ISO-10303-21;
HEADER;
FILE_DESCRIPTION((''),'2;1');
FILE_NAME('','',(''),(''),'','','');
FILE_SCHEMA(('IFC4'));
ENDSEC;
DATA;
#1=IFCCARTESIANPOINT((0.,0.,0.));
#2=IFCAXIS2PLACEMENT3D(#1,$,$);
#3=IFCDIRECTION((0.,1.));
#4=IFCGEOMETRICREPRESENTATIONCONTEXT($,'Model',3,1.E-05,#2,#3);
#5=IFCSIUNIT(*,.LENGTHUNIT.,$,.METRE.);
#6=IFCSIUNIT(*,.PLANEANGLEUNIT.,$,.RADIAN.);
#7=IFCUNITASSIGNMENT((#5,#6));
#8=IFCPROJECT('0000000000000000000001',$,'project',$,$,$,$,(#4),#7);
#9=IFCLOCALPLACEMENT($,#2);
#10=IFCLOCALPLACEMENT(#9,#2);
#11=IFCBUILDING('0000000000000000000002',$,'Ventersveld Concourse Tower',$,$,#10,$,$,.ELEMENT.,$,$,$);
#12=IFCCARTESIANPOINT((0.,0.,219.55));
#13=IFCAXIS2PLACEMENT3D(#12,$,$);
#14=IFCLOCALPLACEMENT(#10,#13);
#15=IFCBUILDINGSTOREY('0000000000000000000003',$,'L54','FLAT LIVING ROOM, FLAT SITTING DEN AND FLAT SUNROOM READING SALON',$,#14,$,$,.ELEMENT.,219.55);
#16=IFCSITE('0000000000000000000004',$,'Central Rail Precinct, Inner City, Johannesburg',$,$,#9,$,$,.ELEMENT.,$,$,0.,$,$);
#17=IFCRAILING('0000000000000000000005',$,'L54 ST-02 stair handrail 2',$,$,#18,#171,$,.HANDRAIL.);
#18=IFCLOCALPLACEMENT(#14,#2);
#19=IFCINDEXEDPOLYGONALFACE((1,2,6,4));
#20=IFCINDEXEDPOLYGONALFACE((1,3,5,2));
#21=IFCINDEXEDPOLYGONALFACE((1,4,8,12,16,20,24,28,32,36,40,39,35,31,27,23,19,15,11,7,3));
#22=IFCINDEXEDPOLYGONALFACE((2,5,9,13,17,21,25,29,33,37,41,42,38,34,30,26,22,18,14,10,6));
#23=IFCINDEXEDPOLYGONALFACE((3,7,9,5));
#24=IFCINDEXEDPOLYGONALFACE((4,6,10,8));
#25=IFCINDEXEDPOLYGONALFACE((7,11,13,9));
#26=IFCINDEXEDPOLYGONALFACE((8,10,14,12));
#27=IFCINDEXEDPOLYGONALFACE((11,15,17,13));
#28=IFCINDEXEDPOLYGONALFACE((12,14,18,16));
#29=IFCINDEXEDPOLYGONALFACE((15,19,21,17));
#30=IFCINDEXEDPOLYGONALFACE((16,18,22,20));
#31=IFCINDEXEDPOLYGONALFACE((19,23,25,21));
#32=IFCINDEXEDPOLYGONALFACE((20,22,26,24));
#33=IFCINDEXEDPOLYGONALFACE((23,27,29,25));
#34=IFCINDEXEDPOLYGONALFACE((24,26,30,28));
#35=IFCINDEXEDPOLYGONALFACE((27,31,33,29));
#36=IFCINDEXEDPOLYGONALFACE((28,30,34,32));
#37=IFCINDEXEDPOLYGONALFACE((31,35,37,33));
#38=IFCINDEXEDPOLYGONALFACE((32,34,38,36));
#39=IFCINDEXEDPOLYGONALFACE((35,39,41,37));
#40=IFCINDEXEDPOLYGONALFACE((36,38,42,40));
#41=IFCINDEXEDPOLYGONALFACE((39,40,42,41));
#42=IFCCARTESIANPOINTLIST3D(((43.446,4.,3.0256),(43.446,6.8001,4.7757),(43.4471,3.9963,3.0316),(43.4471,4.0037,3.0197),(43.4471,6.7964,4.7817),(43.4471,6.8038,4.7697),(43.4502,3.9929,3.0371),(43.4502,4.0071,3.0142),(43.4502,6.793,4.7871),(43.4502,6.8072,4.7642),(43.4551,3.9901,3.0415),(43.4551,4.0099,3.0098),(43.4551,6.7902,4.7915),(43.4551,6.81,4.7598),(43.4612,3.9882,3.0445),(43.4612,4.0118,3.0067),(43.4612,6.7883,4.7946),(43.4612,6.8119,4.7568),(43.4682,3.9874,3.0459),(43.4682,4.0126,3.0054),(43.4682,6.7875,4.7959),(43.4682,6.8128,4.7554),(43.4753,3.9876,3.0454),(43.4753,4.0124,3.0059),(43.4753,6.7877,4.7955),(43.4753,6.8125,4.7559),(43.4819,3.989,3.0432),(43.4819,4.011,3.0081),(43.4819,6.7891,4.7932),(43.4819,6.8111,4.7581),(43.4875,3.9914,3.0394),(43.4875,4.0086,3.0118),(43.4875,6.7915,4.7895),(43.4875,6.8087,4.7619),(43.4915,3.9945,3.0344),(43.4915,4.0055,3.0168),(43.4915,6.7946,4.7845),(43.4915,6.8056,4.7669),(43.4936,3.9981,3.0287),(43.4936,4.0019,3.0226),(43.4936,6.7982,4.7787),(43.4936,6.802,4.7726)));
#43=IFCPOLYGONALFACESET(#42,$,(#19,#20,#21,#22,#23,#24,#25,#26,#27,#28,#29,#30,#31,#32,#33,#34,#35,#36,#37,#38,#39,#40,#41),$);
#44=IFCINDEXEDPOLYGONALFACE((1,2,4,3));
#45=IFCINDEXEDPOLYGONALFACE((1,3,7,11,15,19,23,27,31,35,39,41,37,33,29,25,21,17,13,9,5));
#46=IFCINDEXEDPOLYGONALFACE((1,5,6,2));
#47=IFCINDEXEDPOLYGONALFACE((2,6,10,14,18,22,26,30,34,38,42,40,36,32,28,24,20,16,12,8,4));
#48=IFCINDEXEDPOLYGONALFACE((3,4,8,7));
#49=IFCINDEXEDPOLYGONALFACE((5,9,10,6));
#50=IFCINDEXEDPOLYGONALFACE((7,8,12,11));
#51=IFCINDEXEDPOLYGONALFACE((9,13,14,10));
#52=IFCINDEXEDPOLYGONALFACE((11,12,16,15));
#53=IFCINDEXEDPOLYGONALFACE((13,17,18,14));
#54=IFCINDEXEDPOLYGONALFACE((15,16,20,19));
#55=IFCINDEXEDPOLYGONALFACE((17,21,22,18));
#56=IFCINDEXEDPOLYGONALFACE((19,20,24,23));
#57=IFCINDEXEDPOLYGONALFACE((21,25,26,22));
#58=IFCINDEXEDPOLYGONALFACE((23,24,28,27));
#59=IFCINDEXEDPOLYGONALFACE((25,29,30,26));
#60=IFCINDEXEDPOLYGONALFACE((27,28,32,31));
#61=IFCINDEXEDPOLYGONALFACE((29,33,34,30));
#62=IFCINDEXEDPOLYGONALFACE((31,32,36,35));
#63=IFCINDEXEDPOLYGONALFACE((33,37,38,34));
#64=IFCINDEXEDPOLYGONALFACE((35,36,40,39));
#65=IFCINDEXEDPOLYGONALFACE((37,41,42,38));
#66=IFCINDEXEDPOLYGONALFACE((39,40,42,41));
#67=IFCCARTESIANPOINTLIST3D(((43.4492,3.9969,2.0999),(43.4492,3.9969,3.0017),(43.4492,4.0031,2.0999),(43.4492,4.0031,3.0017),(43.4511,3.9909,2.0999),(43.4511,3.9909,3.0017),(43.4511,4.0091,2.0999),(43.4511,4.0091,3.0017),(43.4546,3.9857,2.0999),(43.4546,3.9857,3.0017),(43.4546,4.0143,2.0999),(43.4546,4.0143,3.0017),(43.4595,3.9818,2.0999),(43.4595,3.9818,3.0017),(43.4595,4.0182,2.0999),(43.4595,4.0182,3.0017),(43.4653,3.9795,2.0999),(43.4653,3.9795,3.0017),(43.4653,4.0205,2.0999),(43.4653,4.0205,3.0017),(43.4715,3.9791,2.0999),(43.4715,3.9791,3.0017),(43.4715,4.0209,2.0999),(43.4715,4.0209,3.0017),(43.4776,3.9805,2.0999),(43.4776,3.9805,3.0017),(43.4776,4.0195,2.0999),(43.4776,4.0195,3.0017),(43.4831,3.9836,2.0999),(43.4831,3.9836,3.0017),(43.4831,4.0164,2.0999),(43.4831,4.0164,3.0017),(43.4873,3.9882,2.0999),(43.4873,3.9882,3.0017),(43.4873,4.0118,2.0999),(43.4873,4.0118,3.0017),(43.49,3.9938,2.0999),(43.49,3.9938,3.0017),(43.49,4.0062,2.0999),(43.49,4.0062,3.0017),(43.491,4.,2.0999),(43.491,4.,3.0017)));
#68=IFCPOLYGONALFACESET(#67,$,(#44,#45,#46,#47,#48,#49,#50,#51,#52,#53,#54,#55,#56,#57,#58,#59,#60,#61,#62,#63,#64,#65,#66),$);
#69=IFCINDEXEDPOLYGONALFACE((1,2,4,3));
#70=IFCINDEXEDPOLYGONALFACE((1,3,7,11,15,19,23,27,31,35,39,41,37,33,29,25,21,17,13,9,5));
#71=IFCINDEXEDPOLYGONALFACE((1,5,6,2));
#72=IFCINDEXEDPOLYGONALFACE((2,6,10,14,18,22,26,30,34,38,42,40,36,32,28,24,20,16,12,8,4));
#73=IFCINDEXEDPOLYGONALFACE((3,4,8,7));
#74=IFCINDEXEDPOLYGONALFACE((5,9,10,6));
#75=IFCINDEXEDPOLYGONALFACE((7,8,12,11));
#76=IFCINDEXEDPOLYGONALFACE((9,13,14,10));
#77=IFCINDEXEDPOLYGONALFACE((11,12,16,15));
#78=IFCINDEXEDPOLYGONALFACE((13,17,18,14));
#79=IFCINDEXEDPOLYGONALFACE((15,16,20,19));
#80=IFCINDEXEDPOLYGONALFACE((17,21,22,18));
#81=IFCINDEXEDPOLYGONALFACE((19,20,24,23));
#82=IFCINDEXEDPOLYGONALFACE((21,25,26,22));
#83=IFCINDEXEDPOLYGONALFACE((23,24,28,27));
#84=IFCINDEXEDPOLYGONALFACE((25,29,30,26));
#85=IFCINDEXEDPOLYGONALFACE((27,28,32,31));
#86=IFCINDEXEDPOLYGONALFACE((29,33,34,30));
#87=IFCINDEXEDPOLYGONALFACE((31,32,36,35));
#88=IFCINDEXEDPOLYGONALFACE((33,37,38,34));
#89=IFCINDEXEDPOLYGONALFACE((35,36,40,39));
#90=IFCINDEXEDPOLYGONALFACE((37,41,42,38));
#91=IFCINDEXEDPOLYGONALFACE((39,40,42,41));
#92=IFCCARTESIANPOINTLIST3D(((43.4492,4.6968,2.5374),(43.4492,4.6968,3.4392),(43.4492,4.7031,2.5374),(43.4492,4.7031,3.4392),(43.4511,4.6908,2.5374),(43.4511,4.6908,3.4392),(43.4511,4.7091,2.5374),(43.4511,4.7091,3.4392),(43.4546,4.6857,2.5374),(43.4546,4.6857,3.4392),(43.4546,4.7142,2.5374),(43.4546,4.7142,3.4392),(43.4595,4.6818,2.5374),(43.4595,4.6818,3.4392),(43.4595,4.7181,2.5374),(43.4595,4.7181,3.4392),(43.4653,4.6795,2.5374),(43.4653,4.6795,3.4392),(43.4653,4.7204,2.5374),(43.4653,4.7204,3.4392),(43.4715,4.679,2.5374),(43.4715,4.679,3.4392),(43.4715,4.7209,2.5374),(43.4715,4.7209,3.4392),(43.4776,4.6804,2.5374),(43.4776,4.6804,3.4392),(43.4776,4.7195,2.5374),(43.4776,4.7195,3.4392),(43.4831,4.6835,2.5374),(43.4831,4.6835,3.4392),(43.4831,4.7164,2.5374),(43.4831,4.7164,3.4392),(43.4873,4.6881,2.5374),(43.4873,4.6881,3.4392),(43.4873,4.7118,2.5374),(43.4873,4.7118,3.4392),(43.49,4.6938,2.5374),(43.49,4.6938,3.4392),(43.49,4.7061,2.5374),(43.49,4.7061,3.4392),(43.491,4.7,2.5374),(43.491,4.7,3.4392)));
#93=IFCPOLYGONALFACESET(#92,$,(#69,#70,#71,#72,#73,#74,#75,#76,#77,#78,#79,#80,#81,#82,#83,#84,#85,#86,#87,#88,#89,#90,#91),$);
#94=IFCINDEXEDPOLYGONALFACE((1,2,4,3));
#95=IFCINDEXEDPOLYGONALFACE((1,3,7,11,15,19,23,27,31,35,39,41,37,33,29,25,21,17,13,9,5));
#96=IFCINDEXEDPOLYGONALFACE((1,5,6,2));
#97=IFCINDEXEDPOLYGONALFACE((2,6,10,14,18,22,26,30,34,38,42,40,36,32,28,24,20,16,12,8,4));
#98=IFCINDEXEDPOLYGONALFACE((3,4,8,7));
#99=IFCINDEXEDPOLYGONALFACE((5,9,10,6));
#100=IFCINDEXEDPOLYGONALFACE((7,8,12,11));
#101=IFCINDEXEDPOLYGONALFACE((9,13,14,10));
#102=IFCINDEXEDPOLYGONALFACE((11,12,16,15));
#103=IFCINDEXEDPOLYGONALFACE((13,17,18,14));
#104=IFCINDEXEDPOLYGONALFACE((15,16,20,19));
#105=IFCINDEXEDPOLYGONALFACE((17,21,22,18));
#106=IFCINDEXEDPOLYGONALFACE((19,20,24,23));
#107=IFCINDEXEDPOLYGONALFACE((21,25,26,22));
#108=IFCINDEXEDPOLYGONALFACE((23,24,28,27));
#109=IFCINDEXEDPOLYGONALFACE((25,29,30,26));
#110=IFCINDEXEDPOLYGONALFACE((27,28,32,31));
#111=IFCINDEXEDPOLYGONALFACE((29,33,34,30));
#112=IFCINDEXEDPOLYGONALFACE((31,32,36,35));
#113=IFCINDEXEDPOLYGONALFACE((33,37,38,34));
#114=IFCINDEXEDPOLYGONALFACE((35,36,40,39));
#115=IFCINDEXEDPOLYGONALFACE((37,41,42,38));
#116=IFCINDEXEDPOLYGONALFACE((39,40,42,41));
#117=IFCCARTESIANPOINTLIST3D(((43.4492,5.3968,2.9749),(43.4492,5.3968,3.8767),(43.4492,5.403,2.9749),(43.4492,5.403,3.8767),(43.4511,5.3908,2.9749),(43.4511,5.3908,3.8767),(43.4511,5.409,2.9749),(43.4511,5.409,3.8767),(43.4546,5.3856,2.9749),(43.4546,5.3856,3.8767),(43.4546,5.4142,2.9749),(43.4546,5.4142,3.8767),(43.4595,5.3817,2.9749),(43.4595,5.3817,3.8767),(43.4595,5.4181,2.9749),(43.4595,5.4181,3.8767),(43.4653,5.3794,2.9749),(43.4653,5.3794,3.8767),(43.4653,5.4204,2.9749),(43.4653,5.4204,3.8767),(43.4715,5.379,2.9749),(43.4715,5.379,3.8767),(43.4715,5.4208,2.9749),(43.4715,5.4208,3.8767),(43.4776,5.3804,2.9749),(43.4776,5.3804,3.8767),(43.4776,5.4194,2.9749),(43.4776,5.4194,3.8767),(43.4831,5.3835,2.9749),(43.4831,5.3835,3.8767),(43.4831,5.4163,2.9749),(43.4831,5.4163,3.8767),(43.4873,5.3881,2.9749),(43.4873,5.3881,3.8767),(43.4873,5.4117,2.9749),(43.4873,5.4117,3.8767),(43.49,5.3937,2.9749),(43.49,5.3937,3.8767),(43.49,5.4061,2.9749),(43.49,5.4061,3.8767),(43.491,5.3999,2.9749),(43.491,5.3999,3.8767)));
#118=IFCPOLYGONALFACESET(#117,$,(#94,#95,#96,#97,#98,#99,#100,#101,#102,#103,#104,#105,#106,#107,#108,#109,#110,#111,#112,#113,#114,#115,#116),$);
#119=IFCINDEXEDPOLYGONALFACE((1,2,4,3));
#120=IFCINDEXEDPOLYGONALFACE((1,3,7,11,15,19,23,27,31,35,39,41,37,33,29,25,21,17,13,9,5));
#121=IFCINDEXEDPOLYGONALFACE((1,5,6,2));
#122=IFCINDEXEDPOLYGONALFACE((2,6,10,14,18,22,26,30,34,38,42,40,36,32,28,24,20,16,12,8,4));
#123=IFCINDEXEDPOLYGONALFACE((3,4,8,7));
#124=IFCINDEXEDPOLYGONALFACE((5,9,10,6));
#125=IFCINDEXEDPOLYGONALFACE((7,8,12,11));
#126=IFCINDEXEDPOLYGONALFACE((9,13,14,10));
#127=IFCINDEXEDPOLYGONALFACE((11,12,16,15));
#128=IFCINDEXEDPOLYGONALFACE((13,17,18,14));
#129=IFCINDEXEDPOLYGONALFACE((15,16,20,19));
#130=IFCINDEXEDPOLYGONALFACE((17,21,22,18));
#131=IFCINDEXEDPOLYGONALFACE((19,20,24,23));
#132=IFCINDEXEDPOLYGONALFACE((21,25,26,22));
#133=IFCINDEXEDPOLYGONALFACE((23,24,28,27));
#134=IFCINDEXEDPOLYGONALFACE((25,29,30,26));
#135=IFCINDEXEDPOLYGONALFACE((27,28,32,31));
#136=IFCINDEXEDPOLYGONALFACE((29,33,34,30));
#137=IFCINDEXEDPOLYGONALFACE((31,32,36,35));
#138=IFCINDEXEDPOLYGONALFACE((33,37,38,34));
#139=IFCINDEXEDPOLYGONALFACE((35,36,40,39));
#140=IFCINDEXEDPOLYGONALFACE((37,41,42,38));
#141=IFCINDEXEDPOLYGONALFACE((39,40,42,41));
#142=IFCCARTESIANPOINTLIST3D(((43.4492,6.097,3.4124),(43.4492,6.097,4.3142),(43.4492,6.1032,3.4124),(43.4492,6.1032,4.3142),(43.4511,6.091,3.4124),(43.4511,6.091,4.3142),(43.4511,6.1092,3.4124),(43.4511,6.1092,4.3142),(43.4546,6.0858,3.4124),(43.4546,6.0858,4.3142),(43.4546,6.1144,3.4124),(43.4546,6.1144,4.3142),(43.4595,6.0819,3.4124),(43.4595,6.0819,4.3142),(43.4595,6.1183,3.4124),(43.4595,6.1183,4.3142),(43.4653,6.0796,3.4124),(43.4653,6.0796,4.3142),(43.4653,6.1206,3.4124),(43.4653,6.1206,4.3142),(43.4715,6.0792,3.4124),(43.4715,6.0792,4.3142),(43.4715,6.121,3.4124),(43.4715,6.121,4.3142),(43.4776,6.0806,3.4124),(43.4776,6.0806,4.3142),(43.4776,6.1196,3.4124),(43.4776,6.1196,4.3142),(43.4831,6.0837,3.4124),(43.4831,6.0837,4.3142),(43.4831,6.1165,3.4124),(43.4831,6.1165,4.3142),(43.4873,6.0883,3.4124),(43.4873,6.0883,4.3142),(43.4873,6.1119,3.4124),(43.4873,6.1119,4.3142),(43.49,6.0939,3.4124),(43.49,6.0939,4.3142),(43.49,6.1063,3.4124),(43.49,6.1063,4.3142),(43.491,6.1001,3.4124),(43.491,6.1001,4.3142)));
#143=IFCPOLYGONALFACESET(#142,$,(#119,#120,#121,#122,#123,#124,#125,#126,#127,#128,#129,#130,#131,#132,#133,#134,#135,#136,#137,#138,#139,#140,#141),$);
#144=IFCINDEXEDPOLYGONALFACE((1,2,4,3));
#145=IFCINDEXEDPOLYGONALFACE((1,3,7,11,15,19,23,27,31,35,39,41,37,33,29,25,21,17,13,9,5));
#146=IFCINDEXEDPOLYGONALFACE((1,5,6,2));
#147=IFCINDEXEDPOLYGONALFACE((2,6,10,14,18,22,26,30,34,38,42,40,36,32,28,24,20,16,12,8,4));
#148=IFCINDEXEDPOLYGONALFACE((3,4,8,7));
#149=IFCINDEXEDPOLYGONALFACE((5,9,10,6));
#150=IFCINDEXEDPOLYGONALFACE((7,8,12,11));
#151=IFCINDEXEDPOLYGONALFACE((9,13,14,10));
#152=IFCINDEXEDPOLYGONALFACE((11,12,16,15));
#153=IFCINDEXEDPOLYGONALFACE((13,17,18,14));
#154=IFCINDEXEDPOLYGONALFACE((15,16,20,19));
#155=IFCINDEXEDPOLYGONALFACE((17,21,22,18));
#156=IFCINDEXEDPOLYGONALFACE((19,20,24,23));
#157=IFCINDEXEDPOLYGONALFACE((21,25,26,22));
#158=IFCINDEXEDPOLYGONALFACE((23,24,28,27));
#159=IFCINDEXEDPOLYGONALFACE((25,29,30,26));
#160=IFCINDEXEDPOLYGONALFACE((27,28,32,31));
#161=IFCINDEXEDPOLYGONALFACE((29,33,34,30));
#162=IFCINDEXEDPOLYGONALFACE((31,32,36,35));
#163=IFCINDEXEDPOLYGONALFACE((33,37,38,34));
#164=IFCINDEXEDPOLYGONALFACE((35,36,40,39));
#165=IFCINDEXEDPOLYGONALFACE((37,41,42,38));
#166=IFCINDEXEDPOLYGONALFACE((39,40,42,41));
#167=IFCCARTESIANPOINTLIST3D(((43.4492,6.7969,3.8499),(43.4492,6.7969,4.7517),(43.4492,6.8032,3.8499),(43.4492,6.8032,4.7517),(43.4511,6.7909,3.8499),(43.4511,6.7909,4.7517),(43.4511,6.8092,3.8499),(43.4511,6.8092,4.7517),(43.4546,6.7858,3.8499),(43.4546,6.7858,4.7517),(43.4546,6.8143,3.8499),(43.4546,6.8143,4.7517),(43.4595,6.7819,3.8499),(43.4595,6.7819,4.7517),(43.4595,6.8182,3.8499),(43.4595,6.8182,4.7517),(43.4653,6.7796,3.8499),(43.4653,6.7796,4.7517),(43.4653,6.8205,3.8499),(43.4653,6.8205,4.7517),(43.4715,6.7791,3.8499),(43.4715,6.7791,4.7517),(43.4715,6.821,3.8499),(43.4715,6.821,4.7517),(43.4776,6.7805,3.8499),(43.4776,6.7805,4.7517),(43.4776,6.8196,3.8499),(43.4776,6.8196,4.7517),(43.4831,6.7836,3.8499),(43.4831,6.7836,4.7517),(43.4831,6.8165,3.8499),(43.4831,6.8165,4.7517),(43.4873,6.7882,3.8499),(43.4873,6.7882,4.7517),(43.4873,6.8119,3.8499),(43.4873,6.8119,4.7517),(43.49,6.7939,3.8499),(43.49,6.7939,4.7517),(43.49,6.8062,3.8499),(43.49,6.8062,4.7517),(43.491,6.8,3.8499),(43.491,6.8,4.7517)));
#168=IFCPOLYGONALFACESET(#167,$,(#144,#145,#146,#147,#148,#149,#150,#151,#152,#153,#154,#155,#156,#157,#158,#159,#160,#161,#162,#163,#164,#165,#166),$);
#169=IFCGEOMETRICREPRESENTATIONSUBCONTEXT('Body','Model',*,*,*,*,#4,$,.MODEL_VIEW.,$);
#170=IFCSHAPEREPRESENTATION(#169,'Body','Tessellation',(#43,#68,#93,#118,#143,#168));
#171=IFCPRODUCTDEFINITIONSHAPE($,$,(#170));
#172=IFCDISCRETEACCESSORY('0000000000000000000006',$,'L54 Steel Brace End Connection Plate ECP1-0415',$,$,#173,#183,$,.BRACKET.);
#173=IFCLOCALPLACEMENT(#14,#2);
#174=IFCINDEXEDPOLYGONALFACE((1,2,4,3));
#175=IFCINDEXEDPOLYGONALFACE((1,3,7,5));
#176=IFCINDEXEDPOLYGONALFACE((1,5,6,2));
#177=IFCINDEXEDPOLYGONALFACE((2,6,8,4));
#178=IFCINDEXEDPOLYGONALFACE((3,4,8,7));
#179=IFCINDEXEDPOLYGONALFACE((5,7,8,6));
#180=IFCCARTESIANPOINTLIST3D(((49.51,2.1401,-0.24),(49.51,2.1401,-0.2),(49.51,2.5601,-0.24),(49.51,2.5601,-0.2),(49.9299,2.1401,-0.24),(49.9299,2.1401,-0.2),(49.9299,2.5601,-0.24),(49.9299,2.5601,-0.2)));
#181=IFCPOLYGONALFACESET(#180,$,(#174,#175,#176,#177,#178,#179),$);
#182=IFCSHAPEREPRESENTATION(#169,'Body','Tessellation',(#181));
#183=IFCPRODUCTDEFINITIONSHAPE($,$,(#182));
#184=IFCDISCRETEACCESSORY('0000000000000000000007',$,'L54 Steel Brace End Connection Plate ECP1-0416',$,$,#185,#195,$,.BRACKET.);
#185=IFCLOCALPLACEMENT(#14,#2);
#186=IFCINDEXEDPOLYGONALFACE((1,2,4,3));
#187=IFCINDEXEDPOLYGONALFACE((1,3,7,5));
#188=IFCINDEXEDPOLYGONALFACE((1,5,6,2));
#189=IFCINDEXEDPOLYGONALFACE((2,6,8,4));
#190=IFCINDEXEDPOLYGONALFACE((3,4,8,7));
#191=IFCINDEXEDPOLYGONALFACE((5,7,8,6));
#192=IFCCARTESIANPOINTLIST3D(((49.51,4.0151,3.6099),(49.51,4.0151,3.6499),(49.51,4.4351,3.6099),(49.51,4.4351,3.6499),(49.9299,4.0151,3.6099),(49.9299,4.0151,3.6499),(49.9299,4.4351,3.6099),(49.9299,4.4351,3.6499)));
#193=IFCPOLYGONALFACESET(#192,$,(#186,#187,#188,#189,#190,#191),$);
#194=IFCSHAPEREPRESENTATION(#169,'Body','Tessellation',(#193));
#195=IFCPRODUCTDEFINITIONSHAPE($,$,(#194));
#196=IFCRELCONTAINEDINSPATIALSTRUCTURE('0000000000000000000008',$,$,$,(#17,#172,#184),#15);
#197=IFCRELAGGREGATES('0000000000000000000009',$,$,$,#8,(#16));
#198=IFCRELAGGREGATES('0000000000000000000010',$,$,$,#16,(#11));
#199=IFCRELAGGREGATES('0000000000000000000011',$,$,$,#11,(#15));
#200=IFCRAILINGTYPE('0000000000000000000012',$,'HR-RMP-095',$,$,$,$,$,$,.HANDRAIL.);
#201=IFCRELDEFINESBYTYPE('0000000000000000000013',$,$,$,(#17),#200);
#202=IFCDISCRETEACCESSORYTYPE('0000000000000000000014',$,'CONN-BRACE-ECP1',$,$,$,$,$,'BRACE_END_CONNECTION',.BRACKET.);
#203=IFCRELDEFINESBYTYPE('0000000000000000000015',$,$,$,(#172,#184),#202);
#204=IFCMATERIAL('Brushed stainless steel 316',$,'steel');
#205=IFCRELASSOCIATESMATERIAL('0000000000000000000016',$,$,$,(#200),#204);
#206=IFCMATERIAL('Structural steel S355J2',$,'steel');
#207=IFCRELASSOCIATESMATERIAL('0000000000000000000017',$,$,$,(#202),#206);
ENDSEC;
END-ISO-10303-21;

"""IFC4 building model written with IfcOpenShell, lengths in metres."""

from ifc_helpers import new_model, si_unit, direction, frame, origin, origin_2d, place, context, subcontext, project, spatial, rectangle, circle, extrude, material, type_object, element, save


model = new_model("IFC4")

# Units and contexts
model_context = context("Model", 3, precision=1e-05, world=origin(), true_north=direction((0.0, 1.0)))
body_context = subcontext(model_context, "Body", "Model", "MODEL_VIEW")
ifc_project = project(units=[si_unit("LENGTHUNIT", "METRE"), si_unit("PLANEANGLEUNIT", "RADIAN")], contexts=[model_context])

# Site, building, storey
site_placement = place(None, origin())
site = spatial("IfcSite", under=ifc_project, at=site_placement, Name="Central Rail Precinct, Inner City, Johannesburg", CompositionType="ELEMENT", RefElevation=0.0)
building_placement = place(site_placement, origin())
building = spatial("IfcBuilding", under=site, at=building_placement, Name="Ventersveld Concourse Tower", CompositionType="ELEMENT")
storey_placement = place(building_placement, frame((0.0, 0.0, 219.55)))
storey = spatial("IfcBuildingStorey", under=building, at=storey_placement, Name="L54", Description="FLAT LIVING ROOM, FLAT SITTING DEN AND FLAT SUNROOM READING SALON", CompositionType="ELEMENT", Elevation=219.55)

# Shared definitions
ifc_material_1 = material(Name="Structural steel S355J2", Category="steel")

# Railing
ifc_material_2 = material(Name="Brushed stainless steel 316", Category="steel")
railing_type = type_object("IfcRailingType", Name="HR-RMP-095", PredefinedType="HANDRAIL", material=ifc_material_2)
railing_placement = place(storey_placement, frame((43.47, 4.0, 2.0999)))
element("IfcRailing", 1, at=railing_placement, inside=storey, type_object=railing_type, Name="L54 ST-02 stair handrail 2", PredefinedType="HANDRAIL", context=body_context, shape_type="SweptSolid", body=[
    extrude(circle(Radius=0.0239, at=origin_2d()), frame((0.0, 0.0, 0.9258), z_axis=(0.0, 0.848002, 0.529992), x_axis=(-1.0, 0.0, 0.0)), (0.0, 0.0, 1.0), 3.302),
    extrude(circle(Radius=0.021, at=origin_2d()), origin(), (0.0, 0.0, 1.0), 0.9019),
    extrude(circle(Radius=0.021, at=origin_2d()), frame((0.0, 0.7, 0.4375)), (0.0, 0.0, 1.0), 0.9019),
    extrude(circle(Radius=0.021, at=origin_2d()), frame((0.0, 1.3999, 0.875)), (0.0, 0.0, 1.0), 0.9019),
    extrude(circle(Radius=0.021, at=origin_2d()), frame((0.0, 2.1001, 1.3125)), (0.0, 0.0, 1.0), 0.9019),
    extrude(circle(Radius=0.021, at=origin_2d()), frame((0.0, 2.8, 1.75)), (0.0, 0.0, 1.0), 0.9019),
])

# Discrete accessories
discrete_accessory_type = type_object("IfcDiscreteAccessoryType", Name="CONN-BRACE-ECP1", ElementType="BRACE_END_CONNECTION", PredefinedType="BRACKET", material=ifc_material_1)
for number, where, z_axis, x_axis, name in (
    (2, (49.72, 2.3501, -0.24), (0.0, 0.0, 1.0), (1.0, 0.0, 0.0), "L54 Steel Brace End Connection Plate ECP1-0415"),
    (3, (49.72, 4.2251, 3.6099), (0.0, 0.0, 1.0), (1.0, 0.0, 0.0), "L54 Steel Brace End Connection Plate ECP1-0416"),
):
    element("IfcDiscreteAccessory", number, at=place(storey_placement, frame(where, z_axis=z_axis, x_axis=x_axis)), inside=storey, type_object=discrete_accessory_type, Name=name, PredefinedType="BRACKET", context=body_context, shape_type="SweptSolid", body=[
        extrude(rectangle(XDim=0.4199, YDim=0.4199, at=origin_2d()), origin(), (0.0, 0.0, 1.0), 0.04),
    ])

save(model, "model.ifc")
